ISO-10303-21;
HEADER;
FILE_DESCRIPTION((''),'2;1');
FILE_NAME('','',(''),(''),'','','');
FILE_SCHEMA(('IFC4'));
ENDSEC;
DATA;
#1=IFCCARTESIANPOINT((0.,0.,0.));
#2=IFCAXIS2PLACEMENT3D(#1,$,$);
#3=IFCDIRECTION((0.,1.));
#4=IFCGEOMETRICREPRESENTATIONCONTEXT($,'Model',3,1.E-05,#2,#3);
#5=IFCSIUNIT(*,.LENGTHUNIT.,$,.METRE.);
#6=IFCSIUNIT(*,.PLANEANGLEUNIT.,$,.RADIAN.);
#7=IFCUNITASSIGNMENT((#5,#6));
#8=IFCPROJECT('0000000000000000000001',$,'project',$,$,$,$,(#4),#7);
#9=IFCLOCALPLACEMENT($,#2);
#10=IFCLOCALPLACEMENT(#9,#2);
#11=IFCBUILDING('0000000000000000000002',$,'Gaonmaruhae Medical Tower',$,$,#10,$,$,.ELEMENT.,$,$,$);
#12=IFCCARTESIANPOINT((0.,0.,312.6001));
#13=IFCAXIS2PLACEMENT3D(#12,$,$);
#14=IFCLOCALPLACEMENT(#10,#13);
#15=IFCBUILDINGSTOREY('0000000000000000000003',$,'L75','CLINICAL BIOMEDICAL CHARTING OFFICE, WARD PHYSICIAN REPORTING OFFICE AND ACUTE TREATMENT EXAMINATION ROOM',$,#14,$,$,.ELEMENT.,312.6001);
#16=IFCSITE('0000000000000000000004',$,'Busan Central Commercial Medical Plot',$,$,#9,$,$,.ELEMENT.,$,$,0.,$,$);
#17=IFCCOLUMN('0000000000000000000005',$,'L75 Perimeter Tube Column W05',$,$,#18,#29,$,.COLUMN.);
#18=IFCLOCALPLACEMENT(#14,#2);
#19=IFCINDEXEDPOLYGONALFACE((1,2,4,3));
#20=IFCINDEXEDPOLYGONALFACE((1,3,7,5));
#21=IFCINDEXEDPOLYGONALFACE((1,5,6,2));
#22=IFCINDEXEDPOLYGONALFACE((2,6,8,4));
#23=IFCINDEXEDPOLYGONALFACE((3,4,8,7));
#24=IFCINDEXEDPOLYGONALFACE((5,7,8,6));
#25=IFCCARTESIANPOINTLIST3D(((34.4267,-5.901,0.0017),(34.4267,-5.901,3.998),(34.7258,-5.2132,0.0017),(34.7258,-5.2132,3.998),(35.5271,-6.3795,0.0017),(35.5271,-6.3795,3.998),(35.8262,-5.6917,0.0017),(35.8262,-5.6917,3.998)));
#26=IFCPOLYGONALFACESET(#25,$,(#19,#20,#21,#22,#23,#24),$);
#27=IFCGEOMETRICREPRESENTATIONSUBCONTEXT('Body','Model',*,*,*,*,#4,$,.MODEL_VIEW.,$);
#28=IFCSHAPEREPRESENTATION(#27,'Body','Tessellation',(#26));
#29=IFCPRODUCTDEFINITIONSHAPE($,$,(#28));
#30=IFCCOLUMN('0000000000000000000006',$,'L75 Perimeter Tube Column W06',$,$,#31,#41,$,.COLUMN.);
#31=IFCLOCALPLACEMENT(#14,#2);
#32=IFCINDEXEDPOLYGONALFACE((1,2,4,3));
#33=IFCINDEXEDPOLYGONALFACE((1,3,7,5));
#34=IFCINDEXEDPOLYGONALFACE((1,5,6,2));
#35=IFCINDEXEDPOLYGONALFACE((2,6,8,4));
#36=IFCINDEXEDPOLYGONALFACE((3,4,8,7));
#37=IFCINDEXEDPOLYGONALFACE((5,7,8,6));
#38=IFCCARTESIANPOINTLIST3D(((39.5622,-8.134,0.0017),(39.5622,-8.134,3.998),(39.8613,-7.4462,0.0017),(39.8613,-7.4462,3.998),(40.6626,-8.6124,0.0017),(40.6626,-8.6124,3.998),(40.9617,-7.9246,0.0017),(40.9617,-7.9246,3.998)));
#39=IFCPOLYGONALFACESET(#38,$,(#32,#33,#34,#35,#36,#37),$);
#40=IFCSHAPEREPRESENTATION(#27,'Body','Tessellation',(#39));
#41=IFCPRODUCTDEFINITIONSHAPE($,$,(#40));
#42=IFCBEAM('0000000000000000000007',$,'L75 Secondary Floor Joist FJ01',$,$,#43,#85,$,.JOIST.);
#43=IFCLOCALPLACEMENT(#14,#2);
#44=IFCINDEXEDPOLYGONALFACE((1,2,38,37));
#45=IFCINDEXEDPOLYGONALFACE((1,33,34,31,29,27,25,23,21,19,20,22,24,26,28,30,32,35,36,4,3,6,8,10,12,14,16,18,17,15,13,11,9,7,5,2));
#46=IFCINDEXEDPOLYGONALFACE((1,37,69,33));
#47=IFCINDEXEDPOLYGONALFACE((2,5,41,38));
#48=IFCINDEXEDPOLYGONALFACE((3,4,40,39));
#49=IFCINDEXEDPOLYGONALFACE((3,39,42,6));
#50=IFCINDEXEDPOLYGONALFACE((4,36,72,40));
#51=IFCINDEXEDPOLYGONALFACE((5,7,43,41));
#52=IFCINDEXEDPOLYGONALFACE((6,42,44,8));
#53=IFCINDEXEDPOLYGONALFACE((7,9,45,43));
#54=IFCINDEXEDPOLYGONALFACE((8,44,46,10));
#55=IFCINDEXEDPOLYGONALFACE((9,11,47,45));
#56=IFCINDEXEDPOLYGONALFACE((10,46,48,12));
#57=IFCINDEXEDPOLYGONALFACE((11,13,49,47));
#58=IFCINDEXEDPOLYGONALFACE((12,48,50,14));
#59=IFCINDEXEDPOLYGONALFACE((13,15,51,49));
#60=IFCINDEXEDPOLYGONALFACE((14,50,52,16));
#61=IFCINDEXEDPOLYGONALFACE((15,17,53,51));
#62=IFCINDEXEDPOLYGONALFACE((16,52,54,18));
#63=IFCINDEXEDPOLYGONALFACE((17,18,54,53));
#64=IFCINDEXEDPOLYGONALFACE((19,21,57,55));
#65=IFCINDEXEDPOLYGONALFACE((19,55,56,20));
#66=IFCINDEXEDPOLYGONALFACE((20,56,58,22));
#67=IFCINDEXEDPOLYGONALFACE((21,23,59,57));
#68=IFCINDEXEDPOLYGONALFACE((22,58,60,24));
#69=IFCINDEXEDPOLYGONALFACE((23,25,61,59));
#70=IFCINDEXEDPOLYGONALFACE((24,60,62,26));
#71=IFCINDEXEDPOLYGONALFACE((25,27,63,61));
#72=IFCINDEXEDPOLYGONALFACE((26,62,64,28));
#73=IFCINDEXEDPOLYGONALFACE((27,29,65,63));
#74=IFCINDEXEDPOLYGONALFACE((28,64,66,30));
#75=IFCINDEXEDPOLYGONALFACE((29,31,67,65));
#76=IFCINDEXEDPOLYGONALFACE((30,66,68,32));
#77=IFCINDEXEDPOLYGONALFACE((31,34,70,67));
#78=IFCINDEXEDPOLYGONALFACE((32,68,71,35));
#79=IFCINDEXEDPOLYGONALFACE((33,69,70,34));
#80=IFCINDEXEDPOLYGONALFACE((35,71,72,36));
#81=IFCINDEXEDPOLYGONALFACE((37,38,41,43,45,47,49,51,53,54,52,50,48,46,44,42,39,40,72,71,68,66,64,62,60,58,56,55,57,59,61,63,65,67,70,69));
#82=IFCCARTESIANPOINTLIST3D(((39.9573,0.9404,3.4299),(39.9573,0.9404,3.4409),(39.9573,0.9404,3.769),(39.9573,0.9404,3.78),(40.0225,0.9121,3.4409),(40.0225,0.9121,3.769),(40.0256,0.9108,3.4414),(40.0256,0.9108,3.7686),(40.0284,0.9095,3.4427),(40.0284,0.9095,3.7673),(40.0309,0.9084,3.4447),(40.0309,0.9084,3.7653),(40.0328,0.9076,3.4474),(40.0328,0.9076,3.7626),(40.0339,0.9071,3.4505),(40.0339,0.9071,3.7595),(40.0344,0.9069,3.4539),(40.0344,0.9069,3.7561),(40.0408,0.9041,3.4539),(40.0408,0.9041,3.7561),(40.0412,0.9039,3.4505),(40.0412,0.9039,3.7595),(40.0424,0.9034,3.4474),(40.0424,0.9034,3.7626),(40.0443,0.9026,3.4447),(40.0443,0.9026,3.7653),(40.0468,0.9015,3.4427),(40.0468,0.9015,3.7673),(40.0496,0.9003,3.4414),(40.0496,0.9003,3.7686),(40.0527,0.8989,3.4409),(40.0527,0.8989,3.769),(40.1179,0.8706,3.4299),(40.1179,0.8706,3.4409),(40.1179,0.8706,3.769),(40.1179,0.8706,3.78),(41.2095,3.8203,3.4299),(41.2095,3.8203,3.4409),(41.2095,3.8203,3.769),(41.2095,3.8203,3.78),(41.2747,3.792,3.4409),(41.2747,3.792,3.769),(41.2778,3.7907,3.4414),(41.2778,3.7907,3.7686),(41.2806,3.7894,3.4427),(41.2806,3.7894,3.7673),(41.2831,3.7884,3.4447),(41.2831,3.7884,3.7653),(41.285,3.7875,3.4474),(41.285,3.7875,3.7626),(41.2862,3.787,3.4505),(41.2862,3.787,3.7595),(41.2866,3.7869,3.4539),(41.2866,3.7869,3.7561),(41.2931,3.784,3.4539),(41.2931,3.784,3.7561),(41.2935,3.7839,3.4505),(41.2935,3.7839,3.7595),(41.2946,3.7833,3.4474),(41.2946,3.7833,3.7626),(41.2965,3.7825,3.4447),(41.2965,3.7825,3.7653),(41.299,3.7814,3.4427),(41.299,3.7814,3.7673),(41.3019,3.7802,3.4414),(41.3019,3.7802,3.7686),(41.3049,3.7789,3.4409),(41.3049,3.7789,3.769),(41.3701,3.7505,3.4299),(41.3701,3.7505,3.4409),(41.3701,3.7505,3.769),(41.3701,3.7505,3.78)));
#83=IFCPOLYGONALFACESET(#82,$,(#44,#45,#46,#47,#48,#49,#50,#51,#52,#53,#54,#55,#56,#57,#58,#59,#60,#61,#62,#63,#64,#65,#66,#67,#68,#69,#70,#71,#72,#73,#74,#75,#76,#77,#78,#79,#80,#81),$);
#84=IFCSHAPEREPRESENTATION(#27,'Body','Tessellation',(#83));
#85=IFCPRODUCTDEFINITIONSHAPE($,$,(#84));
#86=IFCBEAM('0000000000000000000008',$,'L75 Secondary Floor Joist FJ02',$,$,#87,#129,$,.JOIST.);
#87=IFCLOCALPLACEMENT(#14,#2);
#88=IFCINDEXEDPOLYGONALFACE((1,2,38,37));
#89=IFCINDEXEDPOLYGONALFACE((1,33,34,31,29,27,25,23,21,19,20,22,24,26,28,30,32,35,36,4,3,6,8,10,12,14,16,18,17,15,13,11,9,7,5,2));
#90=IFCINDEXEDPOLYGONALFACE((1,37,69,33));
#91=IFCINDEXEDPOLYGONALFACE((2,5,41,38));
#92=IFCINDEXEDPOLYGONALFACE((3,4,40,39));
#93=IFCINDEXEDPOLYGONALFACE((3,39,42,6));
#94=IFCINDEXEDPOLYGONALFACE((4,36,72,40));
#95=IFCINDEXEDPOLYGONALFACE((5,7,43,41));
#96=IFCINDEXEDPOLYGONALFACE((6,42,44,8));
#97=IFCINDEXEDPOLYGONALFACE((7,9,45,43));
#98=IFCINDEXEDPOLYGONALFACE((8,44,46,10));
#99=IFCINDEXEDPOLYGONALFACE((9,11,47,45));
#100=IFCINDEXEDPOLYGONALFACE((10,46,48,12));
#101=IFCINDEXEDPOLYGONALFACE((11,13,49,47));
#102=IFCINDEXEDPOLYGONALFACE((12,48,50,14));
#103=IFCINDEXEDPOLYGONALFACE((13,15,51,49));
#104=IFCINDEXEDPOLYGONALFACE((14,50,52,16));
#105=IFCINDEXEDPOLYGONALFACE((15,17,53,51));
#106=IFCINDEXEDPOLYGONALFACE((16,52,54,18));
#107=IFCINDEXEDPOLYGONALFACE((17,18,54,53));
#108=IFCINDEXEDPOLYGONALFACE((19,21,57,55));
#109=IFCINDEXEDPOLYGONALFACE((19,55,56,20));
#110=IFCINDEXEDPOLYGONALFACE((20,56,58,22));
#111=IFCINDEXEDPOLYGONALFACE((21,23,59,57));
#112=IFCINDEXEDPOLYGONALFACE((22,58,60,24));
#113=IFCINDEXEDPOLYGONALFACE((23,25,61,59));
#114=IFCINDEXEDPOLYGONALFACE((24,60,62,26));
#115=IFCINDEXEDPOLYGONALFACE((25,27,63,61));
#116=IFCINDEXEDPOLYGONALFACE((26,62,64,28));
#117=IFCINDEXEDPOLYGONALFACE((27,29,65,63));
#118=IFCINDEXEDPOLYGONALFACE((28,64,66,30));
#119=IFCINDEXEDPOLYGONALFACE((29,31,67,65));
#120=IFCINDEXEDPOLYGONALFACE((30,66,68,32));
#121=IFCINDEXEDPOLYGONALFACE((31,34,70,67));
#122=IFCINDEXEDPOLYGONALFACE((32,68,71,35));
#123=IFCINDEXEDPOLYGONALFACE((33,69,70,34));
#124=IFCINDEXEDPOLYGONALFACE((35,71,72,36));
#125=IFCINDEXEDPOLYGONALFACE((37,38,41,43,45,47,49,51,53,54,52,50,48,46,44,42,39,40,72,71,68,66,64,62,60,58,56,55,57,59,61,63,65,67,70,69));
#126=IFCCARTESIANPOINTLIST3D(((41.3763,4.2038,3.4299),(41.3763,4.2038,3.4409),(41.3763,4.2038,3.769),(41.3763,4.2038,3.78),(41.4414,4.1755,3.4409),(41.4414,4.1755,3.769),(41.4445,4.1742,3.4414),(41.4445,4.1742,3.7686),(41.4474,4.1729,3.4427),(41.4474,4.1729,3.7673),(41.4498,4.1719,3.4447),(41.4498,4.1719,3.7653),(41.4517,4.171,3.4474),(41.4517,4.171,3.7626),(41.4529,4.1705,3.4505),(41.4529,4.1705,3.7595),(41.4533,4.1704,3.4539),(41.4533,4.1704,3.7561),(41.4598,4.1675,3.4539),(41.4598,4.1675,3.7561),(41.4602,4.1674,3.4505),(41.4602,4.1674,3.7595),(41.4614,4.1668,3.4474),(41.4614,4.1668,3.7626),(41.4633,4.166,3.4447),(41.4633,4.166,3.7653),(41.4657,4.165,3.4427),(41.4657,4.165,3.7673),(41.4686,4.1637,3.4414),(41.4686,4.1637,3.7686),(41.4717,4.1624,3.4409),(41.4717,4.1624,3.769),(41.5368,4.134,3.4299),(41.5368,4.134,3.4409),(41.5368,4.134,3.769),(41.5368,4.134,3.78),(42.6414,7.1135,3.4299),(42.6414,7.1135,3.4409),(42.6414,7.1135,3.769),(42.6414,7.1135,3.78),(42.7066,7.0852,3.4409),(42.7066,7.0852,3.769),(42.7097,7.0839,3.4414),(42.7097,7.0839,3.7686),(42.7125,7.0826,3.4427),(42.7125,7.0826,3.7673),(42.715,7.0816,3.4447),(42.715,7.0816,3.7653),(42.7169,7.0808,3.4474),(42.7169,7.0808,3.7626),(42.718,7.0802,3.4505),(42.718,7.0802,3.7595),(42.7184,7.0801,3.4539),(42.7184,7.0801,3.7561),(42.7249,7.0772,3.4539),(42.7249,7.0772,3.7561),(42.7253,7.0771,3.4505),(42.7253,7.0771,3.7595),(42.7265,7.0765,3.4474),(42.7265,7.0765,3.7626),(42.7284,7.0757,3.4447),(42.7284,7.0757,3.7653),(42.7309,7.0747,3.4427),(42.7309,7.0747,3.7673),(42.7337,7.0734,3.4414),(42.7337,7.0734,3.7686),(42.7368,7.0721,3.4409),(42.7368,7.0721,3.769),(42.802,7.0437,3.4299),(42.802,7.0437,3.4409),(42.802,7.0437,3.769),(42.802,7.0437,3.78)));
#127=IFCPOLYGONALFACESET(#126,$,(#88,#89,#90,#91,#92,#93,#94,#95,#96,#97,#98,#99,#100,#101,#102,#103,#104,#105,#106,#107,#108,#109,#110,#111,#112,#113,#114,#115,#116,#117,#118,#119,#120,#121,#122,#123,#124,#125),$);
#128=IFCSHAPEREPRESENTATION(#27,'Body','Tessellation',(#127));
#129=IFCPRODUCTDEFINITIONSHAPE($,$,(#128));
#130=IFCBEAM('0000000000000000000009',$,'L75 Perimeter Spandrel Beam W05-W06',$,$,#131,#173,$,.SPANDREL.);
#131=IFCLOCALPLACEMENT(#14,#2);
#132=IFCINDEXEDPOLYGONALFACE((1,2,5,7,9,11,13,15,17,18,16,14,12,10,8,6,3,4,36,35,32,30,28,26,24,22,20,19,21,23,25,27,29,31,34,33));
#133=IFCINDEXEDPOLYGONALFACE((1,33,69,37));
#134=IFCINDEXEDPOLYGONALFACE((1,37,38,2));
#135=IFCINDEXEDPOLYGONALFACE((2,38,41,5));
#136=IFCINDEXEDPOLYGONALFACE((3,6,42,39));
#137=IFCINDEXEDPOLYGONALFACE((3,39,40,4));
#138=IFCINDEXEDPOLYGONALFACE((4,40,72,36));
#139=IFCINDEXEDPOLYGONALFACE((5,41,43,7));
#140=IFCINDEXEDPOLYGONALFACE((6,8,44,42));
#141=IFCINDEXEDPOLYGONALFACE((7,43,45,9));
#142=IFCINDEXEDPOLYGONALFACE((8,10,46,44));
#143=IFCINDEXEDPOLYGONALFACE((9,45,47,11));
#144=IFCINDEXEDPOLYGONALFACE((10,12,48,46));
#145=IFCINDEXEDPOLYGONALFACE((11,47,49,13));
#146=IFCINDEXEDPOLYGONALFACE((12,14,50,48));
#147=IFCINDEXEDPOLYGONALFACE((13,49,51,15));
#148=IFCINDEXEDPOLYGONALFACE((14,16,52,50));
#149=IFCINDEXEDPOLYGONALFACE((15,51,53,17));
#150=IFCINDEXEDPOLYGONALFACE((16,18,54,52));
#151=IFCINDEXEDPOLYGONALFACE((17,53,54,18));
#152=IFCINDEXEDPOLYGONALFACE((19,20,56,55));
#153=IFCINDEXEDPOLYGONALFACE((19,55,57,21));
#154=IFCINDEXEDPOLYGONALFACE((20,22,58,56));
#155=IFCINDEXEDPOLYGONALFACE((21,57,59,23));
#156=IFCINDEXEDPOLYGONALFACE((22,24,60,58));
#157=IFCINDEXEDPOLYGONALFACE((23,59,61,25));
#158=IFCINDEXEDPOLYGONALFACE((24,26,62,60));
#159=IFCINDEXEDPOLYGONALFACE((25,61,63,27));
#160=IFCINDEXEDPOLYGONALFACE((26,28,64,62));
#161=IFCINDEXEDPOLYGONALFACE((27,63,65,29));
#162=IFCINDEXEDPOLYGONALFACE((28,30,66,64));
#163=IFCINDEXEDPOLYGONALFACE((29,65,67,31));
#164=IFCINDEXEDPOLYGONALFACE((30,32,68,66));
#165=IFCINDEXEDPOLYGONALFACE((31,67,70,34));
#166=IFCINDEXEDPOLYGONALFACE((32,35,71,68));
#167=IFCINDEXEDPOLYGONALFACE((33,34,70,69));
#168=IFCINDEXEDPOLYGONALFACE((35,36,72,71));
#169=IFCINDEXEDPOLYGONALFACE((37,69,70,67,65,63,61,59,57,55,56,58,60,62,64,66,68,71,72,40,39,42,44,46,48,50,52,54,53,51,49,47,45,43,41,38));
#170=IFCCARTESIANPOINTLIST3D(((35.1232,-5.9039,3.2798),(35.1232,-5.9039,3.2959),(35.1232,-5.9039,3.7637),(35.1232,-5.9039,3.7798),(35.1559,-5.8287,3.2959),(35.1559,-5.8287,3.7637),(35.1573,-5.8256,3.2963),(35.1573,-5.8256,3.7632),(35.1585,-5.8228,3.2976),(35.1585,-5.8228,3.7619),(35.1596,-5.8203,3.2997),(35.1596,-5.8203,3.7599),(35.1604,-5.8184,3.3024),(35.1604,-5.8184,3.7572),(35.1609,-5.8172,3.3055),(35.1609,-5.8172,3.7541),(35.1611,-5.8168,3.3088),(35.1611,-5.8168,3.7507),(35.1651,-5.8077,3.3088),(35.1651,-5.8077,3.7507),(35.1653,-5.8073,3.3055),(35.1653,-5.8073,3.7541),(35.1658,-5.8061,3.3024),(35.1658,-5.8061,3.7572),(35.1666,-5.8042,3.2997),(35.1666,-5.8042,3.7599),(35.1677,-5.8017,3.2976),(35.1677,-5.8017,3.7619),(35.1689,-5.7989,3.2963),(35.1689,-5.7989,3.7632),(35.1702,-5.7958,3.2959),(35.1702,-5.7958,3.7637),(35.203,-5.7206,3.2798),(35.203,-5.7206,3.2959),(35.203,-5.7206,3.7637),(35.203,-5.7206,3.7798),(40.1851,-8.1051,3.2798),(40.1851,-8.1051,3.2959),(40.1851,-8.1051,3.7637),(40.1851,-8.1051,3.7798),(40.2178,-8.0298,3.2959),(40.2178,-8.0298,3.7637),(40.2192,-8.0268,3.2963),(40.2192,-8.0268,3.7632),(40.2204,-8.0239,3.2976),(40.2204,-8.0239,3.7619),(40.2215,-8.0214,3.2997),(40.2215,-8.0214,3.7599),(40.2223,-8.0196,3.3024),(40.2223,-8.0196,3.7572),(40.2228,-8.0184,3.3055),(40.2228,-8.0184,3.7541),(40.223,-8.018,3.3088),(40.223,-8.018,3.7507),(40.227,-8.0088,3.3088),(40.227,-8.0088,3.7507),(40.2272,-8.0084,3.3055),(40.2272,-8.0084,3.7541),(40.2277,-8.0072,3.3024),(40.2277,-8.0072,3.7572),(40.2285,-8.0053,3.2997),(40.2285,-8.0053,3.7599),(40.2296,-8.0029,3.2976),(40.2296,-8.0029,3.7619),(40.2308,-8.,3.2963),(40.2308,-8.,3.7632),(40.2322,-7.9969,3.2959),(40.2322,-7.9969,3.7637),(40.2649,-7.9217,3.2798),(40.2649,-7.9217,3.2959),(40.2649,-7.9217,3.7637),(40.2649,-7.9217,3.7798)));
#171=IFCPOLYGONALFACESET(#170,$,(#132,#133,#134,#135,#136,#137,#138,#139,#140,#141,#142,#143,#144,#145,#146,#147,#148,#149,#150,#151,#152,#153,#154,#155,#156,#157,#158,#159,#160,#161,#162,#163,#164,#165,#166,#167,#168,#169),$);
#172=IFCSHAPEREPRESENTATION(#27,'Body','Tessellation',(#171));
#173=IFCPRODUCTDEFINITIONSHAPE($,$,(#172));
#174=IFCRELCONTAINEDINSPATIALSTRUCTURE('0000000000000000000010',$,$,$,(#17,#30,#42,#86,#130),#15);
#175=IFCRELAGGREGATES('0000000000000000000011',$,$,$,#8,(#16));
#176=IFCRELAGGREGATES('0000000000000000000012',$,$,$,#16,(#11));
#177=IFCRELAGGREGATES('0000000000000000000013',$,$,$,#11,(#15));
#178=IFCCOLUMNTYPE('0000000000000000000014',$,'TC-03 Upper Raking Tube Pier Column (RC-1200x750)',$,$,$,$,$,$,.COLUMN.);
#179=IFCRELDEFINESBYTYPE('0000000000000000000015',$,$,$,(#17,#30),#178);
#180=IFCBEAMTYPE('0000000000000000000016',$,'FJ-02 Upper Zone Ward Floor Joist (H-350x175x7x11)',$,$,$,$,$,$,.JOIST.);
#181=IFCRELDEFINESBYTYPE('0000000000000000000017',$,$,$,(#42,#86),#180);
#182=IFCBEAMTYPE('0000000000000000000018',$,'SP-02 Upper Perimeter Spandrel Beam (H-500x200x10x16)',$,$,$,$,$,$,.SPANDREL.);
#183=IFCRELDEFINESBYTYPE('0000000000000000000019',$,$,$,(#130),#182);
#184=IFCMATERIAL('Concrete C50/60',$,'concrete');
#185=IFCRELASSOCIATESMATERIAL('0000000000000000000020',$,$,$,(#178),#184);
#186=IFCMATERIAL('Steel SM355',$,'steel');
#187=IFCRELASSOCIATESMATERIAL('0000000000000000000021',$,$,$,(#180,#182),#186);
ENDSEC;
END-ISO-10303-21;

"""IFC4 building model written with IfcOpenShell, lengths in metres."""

from ifc_helpers import new_model, si_unit, direction, frame, origin, origin_2d, place, context, subcontext, project, spatial, rectangle, i_section, extrude, material, material_profile, profile_set, type_object, element, save


model = new_model("IFC4")

# Units and contexts
model_context = context("Model", 3, precision=1e-05, world=origin(), true_north=direction((0.0, 1.0)))
body_context = subcontext(model_context, "Body", "Model", "MODEL_VIEW")
ifc_project = project(units=[si_unit("LENGTHUNIT", "METRE"), si_unit("PLANEANGLEUNIT", "RADIAN")], contexts=[model_context])

# Site, building, storey
site_placement = place(None, origin())
site = spatial("IfcSite", under=ifc_project, at=site_placement, Name="Busan Central Commercial Medical Plot", CompositionType="ELEMENT", RefElevation=0.0)
building_placement = place(site_placement, origin())
building = spatial("IfcBuilding", under=site, at=building_placement, Name="Gaonmaruhae Medical Tower", CompositionType="ELEMENT")
storey_placement = place(building_placement, frame((0.0, 0.0, 312.6001)))
storey = spatial("IfcBuildingStorey", under=building, at=storey_placement, Name="L75", Description="CLINICAL BIOMEDICAL CHARTING OFFICE, WARD PHYSICIAN REPORTING OFFICE AND ACUTE TREATMENT EXAMINATION ROOM", CompositionType="ELEMENT", Elevation=312.6001)

# Columns
ifc_material_1 = material(Name="Concrete C50/60", Category="concrete")
ifc_material_profile_1 = material_profile(ifc_material_1, rectangle(XDim=1.2, YDim=0.75, at=origin_2d()), Name="RC-1200x750")
ifc_profile_set_1 = profile_set([ifc_material_profile_1], Name="Concrete C50/60")
column_type = type_object("IfcColumnType", Name="TC-03 Upper Raking Tube Pier Column (RC-1200x750)", PredefinedType="COLUMN", material=ifc_profile_set_1)
for number, where, z_axis, x_axis, name in (
    (1, (35.1265, -5.7964, 0.0017), (0.0, 0.0, 1.0), (-0.91706, 0.398749, 0.0), "L75 Perimeter Tube Column W05"),
    (2, (40.262, -8.0293, 0.0017), (0.0, 0.0, 1.0), (-0.91706, 0.398749, 0.0), "L75 Perimeter Tube Column W06"),
):
    element("IfcColumn", number, at=place(storey_placement, frame(where, z_axis=z_axis, x_axis=x_axis)), inside=storey, type_object=column_type, Name=name, PredefinedType="COLUMN", context=body_context, shape_type="SweptSolid", body=[
        extrude(rectangle(XDim=1.2, YDim=0.75, at=origin_2d()), origin(), (0.0, 0.0, 1.0), 3.9963),
    ])

# Beams
ifc_material_2 = material(Name="Steel SM355", Category="steel")
ifc_material_profile_2 = material_profile(ifc_material_2, i_section(OverallWidth=0.175, OverallDepth=0.3501, WebThickness=0.0071, FlangeThickness=0.011, FilletRadius=0.0129, at=origin_2d()), Name="H-350x175x7x11")
ifc_profile_set_2 = profile_set([ifc_material_profile_2], Name="Steel SM355")
beam_type_1 = type_object("IfcBeamType", Name="FJ-02 Upper Zone Ward Floor Joist (H-350x175x7x11)", PredefinedType="JOIST", material=ifc_profile_set_2)
beam_1_placement = place(storey_placement, frame((40.0376, 0.9055, 3.605), z_axis=(0.398746, 0.917061, 0.0), x_axis=(-0.917061, 0.398746, 0.0)))
element("IfcBeam", 3, at=beam_1_placement, inside=storey, type_object=beam_type_1, Name="L75 Secondary Floor Joist FJ01", PredefinedType="JOIST", context=body_context, shape_type="SweptSolid", body=[
    extrude(i_section(OverallWidth=0.175, OverallDepth=0.3501, WebThickness=0.0071, FlangeThickness=0.011, FilletRadius=0.0129, at=origin_2d()), origin(), (0.0, 0.0, 1.0), 3.1404),
])
beam_2_placement = place(storey_placement, frame((41.4565, 4.1689, 3.605), z_axis=(0.398743, 0.917063, 0.0), x_axis=(-0.917063, 0.398743, 0.0)))
element("IfcBeam", 4, at=beam_2_placement, inside=storey, type_object=beam_type_1, Name="L75 Secondary Floor Joist FJ02", PredefinedType="JOIST", context=body_context, shape_type="SweptSolid", body=[
    extrude(i_section(OverallWidth=0.175, OverallDepth=0.3501, WebThickness=0.0071, FlangeThickness=0.011, FilletRadius=0.0129, at=origin_2d()), origin(), (0.0, 0.0, 1.0), 3.1729),
])
ifc_material_profile_3 = material_profile(ifc_material_2, i_section(OverallWidth=0.2, OverallDepth=0.5, WebThickness=0.01, FlangeThickness=0.0161, FilletRadius=0.0129, at=origin_2d()), Name="H-500x200x10x16")
ifc_profile_set_3 = profile_set([ifc_material_profile_3], Name="Steel SM355")
beam_type_2 = type_object("IfcBeamType", Name="SP-02 Upper Perimeter Spandrel Beam (H-500x200x10x16)", PredefinedType="SPANDREL", material=ifc_profile_set_3)
beam_3_placement = place(storey_placement, frame((35.1631, -5.8123, 3.5298), z_axis=(0.91705, -0.398771, 0.0), x_axis=(0.398771, 0.91705, 0.0)))
element("IfcBeam", 5, at=beam_3_placement, inside=storey, type_object=beam_type_2, Name="L75 Perimeter Spandrel Beam W05-W06", PredefinedType="SPANDREL", context=body_context, shape_type="SweptSolid", body=[
    extrude(i_section(OverallWidth=0.2, OverallDepth=0.5, WebThickness=0.01, FlangeThickness=0.0161, FilletRadius=0.0129, at=origin_2d()), origin(), (0.0, 0.0, 1.0), 5.5198),
])

save(model, "model.ifc")
